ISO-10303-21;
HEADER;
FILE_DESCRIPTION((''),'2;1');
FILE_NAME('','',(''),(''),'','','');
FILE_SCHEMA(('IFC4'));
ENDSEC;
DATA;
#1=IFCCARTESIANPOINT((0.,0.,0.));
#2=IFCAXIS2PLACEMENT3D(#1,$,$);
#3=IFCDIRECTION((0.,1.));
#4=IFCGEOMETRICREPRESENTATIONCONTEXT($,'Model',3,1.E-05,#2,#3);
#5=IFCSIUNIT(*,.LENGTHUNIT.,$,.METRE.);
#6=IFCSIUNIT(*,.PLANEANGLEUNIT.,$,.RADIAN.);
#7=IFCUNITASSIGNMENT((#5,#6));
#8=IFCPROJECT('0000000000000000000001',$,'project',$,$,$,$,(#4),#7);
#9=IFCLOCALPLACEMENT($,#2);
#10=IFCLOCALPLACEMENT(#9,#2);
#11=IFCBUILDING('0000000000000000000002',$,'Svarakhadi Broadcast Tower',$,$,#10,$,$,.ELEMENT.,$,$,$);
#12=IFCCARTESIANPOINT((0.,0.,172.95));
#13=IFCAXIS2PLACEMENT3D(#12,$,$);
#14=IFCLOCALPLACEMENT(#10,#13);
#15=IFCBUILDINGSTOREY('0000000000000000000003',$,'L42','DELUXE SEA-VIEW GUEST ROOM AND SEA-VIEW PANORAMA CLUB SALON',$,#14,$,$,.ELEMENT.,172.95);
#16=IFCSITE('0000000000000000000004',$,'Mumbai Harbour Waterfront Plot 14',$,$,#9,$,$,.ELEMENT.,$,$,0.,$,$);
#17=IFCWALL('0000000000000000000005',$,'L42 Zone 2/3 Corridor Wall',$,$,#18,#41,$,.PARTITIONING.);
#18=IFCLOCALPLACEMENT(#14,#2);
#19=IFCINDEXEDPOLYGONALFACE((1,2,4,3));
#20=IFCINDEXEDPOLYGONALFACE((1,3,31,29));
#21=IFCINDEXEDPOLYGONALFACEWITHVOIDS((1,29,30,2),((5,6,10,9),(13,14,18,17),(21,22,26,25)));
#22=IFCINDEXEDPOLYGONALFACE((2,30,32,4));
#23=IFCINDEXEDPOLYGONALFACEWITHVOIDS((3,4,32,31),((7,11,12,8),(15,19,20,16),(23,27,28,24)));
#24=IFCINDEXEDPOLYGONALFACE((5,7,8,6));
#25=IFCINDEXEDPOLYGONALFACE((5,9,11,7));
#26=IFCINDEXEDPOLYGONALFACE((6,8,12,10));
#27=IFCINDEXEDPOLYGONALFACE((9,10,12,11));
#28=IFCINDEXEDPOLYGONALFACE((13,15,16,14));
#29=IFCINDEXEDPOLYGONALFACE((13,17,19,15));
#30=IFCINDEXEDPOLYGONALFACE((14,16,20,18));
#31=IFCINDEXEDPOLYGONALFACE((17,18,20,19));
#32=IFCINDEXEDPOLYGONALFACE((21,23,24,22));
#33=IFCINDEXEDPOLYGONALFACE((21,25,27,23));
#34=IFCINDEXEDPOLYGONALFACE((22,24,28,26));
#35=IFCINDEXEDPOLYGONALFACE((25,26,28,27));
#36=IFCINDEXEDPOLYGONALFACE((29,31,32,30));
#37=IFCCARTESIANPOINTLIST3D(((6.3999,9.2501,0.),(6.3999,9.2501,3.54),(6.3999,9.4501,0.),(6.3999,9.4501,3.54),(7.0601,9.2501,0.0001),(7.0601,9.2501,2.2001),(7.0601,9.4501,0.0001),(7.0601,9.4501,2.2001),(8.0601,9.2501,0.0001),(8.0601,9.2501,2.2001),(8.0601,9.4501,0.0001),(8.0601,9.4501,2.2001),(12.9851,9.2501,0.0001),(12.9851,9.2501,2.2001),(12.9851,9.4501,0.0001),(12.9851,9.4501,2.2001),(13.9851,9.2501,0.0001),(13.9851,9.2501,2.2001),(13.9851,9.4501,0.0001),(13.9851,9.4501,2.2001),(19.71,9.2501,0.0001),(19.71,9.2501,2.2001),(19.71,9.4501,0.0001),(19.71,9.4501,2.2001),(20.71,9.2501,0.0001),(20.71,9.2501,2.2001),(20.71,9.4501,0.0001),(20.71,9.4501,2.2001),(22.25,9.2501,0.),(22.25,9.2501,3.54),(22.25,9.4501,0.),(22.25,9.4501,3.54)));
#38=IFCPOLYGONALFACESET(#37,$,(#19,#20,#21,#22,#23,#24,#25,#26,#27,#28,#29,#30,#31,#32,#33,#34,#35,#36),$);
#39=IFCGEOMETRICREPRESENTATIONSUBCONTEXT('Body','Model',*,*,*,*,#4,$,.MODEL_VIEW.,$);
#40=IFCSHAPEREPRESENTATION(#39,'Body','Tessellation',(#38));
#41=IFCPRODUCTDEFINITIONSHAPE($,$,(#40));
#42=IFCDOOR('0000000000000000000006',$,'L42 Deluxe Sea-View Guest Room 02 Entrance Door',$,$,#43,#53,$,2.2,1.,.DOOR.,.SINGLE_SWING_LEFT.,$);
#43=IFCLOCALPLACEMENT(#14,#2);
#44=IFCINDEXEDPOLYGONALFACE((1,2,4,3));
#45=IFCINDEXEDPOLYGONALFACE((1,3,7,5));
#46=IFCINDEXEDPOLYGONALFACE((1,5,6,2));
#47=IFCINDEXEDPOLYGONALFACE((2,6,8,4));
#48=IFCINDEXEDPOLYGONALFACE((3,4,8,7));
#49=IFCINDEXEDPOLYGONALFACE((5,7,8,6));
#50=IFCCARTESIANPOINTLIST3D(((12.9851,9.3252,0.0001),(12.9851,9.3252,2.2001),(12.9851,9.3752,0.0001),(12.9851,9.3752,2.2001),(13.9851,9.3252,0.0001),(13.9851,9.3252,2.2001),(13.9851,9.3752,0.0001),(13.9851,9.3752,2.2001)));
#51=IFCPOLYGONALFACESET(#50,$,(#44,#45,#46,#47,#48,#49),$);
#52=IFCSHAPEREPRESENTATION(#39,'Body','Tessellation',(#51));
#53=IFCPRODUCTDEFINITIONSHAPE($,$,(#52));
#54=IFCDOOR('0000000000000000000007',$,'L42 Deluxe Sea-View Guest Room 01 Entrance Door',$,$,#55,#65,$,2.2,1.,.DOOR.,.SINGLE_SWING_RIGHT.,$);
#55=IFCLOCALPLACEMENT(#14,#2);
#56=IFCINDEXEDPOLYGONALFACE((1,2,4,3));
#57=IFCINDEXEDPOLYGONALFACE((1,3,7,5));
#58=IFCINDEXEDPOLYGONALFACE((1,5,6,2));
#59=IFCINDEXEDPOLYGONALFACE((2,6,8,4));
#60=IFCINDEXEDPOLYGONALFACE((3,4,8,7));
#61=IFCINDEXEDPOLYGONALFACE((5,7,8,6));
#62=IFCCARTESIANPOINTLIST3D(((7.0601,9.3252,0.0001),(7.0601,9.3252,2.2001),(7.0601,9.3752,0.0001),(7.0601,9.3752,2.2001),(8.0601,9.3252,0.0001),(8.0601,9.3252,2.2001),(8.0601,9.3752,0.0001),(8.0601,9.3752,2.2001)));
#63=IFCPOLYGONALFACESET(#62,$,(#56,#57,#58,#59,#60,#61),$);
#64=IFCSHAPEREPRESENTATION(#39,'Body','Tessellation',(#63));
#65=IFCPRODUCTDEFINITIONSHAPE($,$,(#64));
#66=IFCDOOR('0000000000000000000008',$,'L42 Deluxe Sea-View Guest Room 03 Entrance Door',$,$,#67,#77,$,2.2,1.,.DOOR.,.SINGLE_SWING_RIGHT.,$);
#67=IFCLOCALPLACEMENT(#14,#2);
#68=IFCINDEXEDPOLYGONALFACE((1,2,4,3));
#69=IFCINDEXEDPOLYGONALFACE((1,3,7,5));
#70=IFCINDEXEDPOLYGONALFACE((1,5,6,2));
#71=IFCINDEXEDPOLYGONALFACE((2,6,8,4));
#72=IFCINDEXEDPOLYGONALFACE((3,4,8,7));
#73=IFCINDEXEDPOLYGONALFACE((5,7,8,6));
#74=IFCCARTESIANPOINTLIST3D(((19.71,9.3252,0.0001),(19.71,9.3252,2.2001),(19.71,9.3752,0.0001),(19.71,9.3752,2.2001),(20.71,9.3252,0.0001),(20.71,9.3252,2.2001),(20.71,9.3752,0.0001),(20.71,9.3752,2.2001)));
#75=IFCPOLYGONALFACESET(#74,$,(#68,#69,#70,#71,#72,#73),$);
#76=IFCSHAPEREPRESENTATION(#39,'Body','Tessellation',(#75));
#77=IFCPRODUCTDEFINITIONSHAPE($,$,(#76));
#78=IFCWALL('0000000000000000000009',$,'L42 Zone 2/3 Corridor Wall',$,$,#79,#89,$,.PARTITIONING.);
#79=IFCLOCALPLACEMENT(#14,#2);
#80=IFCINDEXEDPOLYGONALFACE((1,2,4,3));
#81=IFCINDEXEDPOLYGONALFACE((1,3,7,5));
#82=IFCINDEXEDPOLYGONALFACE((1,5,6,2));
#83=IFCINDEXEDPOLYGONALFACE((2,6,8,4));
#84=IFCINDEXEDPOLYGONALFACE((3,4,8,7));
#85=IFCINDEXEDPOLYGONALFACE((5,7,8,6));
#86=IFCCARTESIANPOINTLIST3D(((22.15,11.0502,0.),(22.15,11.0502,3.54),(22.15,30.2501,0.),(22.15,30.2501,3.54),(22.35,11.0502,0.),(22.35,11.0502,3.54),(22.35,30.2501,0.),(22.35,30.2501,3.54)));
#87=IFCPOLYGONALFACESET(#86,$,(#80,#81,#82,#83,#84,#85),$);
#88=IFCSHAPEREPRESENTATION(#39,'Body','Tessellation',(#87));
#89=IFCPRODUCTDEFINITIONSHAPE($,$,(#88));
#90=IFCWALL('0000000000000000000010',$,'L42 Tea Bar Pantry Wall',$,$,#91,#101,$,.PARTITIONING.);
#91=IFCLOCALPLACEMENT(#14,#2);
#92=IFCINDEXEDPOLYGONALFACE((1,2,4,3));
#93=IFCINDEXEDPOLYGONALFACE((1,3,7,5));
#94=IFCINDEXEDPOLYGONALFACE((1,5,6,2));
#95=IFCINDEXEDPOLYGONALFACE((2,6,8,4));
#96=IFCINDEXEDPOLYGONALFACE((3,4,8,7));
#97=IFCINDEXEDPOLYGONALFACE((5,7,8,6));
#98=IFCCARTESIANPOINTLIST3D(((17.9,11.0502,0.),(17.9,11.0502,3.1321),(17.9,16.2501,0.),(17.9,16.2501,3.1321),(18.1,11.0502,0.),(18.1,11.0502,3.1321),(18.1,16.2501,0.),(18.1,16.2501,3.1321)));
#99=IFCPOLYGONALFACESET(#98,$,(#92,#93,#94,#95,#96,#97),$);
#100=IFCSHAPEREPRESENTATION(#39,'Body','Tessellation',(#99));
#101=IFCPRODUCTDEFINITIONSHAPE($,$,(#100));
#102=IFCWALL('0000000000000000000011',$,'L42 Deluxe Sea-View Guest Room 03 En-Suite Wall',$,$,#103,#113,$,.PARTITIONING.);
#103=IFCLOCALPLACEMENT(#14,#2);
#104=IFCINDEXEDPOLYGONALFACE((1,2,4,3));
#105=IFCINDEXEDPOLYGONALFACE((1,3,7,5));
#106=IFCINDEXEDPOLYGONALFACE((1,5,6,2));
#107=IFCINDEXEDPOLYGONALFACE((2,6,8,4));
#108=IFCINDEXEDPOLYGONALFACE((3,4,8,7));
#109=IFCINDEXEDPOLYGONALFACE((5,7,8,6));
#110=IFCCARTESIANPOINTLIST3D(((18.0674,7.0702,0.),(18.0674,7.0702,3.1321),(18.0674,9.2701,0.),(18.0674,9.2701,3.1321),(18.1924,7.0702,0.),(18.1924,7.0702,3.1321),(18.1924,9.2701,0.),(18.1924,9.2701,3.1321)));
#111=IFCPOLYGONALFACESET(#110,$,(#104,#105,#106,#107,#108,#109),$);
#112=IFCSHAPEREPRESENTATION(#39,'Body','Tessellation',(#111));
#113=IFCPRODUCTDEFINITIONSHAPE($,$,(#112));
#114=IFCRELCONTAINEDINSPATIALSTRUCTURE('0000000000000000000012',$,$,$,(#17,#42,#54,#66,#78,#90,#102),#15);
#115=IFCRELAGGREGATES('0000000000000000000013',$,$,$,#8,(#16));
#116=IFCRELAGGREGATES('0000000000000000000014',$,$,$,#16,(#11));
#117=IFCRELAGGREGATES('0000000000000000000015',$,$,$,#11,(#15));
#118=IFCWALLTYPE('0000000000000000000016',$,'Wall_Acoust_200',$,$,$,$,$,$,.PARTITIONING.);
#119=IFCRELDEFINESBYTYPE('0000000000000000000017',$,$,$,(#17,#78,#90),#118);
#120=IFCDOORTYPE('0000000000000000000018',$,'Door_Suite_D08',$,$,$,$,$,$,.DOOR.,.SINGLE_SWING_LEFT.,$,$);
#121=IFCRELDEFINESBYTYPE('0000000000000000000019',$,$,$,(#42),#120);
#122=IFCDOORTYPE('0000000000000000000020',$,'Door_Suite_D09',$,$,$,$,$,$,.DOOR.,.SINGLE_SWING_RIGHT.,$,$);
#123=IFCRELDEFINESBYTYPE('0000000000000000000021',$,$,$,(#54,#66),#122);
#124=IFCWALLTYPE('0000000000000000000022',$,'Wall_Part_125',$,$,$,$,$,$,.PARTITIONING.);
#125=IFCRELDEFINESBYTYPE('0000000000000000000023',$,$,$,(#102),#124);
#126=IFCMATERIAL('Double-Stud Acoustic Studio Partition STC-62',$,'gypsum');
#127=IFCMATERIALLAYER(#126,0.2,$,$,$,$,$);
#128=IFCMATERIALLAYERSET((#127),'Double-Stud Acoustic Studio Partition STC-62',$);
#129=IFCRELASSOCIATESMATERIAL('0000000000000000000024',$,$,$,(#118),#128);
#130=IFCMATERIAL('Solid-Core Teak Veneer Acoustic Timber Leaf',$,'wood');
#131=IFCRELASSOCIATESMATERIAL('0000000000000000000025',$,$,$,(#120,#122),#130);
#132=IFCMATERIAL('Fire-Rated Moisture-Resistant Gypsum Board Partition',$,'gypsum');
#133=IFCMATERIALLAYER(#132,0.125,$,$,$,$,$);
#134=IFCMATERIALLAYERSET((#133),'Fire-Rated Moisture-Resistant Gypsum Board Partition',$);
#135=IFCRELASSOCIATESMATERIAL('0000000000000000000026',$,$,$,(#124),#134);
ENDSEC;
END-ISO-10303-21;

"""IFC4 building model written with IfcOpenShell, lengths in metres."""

from ifc_helpers import new_model, si_unit, direction, frame, frame_2d, origin, place, context, subcontext, project, spatial, rectangle, extrude, material, layer, layer_set, type_object, element, fill, save


model = new_model("IFC4")

# Units and contexts
model_context = context("Model", 3, precision=1e-05, world=origin(), true_north=direction((0.0, 1.0)))
body_context = subcontext(model_context, "Body", "Model", "MODEL_VIEW")
ifc_project = project(units=[si_unit("LENGTHUNIT", "METRE"), si_unit("PLANEANGLEUNIT", "RADIAN")], contexts=[model_context])

# Site, building, storey
site_placement = place(None, origin())
site = spatial("IfcSite", under=ifc_project, at=site_placement, Name="Mumbai Harbour Waterfront Plot 14", CompositionType="ELEMENT", RefElevation=0.0)
building_placement = place(site_placement, origin())
building = spatial("IfcBuilding", under=site, at=building_placement, Name="Svarakhadi Broadcast Tower", CompositionType="ELEMENT")
storey_placement = place(building_placement, frame((0.0, 0.0, 172.95)))
storey = spatial("IfcBuildingStorey", under=building, at=storey_placement, Name="L42", Description="DELUXE SEA-VIEW GUEST ROOM AND SEA-VIEW PANORAMA CLUB SALON", CompositionType="ELEMENT", Elevation=172.95)

# Shared definitions
ifc_material_1 = material(Name="Double-Stud Acoustic Studio Partition STC-62", Category="gypsum")
ifc_layer_1 = layer(ifc_material_1, 0.2)
ifc_layer_set_1 = layer_set([ifc_layer_1], Name="Double-Stud Acoustic Studio Partition STC-62")
wall_type_1 = type_object("IfcWallType", Name="Wall_Acoust_200", PredefinedType="PARTITIONING", material=ifc_layer_set_1)

# Wall, openings, doors
wall_1_placement = place(storey_placement, frame((22.25, 9.3501, 0.0), z_axis=(0.0, 0.0, 1.0), x_axis=(-1.0, 0.0, 0.0)))
wall_1 = element("IfcWall", 1, at=wall_1_placement, inside=storey, type_object=wall_type_1, Name="L42 Zone 2/3 Corridor Wall", PredefinedType="PARTITIONING", context=body_context, shape_type="SweptSolid", body=[
    extrude(rectangle(XDim=15.8501, YDim=0.2, at=frame_2d((7.925, 0.0))), origin(), (0.0, 0.0, 1.0), 3.54),
])
opening_1_placement = place(wall_1_placement, frame((14.1899, 0.0, 0.0)))
opening_1 = element("IfcOpeningElement", 2, at=opening_1_placement, cuts=wall_1, PredefinedType="OPENING", context=body_context, shape_type="SweptSolid", body=[
    extrude(rectangle(XDim=1.0, YDim=2.2, at=frame_2d((0.5, 1.1001))), frame((0.0, 0.1099, 0.0), z_axis=(0.0, -1.0, 0.0), x_axis=(1.0, 0.0, 0.0)), (0.0, 0.0, 1.0), 0.22),
])
opening_2_placement = place(wall_1_placement, frame((8.2649, 0.0, 0.0)))
opening_2 = element("IfcOpeningElement", 3, at=opening_2_placement, cuts=wall_1, PredefinedType="OPENING", context=body_context, shape_type="SweptSolid", body=[
    extrude(rectangle(XDim=1.0, YDim=2.2, at=frame_2d((0.5, 1.1001))), frame((0.0, 0.1099, 0.0), z_axis=(0.0, -1.0, 0.0), x_axis=(1.0, 0.0, 0.0)), (0.0, 0.0, 1.0), 0.22),
])
opening_3_placement = place(wall_1_placement, frame((1.54, 0.0, 0.0)))
opening_3 = element("IfcOpeningElement", 4, at=opening_3_placement, cuts=wall_1, PredefinedType="OPENING", context=body_context, shape_type="SweptSolid", body=[
    extrude(rectangle(XDim=1.0, YDim=2.2, at=frame_2d((0.5, 1.1001))), frame((0.0, 0.1099, 0.0), z_axis=(0.0, -1.0, 0.0), x_axis=(1.0, 0.0, 0.0)), (0.0, 0.0, 1.0), 0.22),
])
ifc_material_2 = material(Name="Solid-Core Teak Veneer Acoustic Timber Leaf", Category="wood")
door_type_1 = type_object("IfcDoorType", Name="Door_Suite_D08", OperationType="SINGLE_SWING_LEFT", PredefinedType="DOOR", material=ifc_material_2)
door_1_placement = place(opening_2_placement, origin())
door_1 = element("IfcDoor", 5, at=door_1_placement, inside=storey, type_object=door_type_1, Name="L42 Deluxe Sea-View Guest Room 02 Entrance Door", OperationType="SINGLE_SWING_LEFT", OverallHeight=2.2, OverallWidth=1.0, PredefinedType="DOOR", context=body_context, shape_type="SweptSolid", body=[
    extrude(rectangle(XDim=1.0, YDim=2.2, at=frame_2d((0.5, 1.1001))), frame((0.0, 0.0249, 0.0), z_axis=(0.0, -1.0, 0.0), x_axis=(1.0, 0.0, 0.0)), (0.0, 0.0, 1.0), 0.05),
])
fill(opening_2, door_1)
door_type_2 = type_object("IfcDoorType", Name="Door_Suite_D09", OperationType="SINGLE_SWING_RIGHT", PredefinedType="DOOR", material=ifc_material_2)
door_2_placement = place(opening_1_placement, origin())
door_2 = element("IfcDoor", 6, at=door_2_placement, inside=storey, type_object=door_type_2, Name="L42 Deluxe Sea-View Guest Room 01 Entrance Door", OperationType="SINGLE_SWING_RIGHT", OverallHeight=2.2, OverallWidth=1.0, PredefinedType="DOOR", context=body_context, shape_type="SweptSolid", body=[
    extrude(rectangle(XDim=1.0, YDim=2.2, at=frame_2d((0.5, 1.1001))), frame((0.0, 0.0249, 0.0), z_axis=(0.0, -1.0, 0.0), x_axis=(1.0, 0.0, 0.0)), (0.0, 0.0, 1.0), 0.05),
])
fill(opening_1, door_2)
door_3_placement = place(opening_3_placement, origin())
door_3 = element("IfcDoor", 7, at=door_3_placement, inside=storey, type_object=door_type_2, Name="L42 Deluxe Sea-View Guest Room 03 Entrance Door", OperationType="SINGLE_SWING_RIGHT", OverallHeight=2.2, OverallWidth=1.0, PredefinedType="DOOR", context=body_context, shape_type="SweptSolid", body=[
    extrude(rectangle(XDim=1.0, YDim=2.2, at=frame_2d((0.5, 1.1001))), frame((0.0, 0.0249, 0.0), z_axis=(0.0, -1.0, 0.0), x_axis=(1.0, 0.0, 0.0)), (0.0, 0.0, 1.0), 0.05),
])
fill(opening_3, door_3)

# Walls
wall_2_placement = place(storey_placement, frame((22.25, 11.05, 0.0), z_axis=(0.0, 0.0, 1.0), x_axis=(0.0, 1.0, 0.0)))
element("IfcWall", 8, at=wall_2_placement, inside=storey, type_object=wall_type_1, Name="L42 Zone 2/3 Corridor Wall", PredefinedType="PARTITIONING", context=body_context, shape_type="SweptSolid", body=[
    extrude(rectangle(XDim=19.2, YDim=0.2, at=frame_2d((9.6001, 0.0))), origin(), (0.0, 0.0, 1.0), 3.54),
])
wall_3_placement = place(storey_placement, frame((18.0, 11.05, 0.0), z_axis=(0.0, 0.0, 1.0), x_axis=(0.0, 1.0, 0.0)))
element("IfcWall", 9, at=wall_3_placement, inside=storey, type_object=wall_type_1, Name="L42 Tea Bar Pantry Wall", PredefinedType="PARTITIONING", context=body_context, shape_type="SweptSolid", body=[
    extrude(rectangle(XDim=5.2, YDim=0.2, at=frame_2d((2.6001, 0.0))), origin(), (0.0, 0.0, 1.0), 3.1321),
])
ifc_material_3 = material(Name="Fire-Rated Moisture-Resistant Gypsum Board Partition", Category="gypsum")
ifc_layer_2 = layer(ifc_material_3, 0.125)
ifc_layer_set_2 = layer_set([ifc_layer_2], Name="Fire-Rated Moisture-Resistant Gypsum Board Partition")
wall_type_2 = type_object("IfcWallType", Name="Wall_Part_125", PredefinedType="PARTITIONING", material=ifc_layer_set_2)
wall_4_placement = place(storey_placement, frame((18.1299, 7.0701, 0.0), z_axis=(0.0, 0.0, 1.0), x_axis=(0.0, 1.0, 0.0)))
element("IfcWall", 10, at=wall_4_placement, inside=storey, type_object=wall_type_2, Name="L42 Deluxe Sea-View Guest Room 03 En-Suite Wall", PredefinedType="PARTITIONING", context=body_context, shape_type="SweptSolid", body=[
    extrude(rectangle(XDim=2.2, YDim=0.125, at=frame_2d((1.1001, 0.0))), origin(), (0.0, 0.0, 1.0), 3.1321),
])

save(model, "model.ifc")
